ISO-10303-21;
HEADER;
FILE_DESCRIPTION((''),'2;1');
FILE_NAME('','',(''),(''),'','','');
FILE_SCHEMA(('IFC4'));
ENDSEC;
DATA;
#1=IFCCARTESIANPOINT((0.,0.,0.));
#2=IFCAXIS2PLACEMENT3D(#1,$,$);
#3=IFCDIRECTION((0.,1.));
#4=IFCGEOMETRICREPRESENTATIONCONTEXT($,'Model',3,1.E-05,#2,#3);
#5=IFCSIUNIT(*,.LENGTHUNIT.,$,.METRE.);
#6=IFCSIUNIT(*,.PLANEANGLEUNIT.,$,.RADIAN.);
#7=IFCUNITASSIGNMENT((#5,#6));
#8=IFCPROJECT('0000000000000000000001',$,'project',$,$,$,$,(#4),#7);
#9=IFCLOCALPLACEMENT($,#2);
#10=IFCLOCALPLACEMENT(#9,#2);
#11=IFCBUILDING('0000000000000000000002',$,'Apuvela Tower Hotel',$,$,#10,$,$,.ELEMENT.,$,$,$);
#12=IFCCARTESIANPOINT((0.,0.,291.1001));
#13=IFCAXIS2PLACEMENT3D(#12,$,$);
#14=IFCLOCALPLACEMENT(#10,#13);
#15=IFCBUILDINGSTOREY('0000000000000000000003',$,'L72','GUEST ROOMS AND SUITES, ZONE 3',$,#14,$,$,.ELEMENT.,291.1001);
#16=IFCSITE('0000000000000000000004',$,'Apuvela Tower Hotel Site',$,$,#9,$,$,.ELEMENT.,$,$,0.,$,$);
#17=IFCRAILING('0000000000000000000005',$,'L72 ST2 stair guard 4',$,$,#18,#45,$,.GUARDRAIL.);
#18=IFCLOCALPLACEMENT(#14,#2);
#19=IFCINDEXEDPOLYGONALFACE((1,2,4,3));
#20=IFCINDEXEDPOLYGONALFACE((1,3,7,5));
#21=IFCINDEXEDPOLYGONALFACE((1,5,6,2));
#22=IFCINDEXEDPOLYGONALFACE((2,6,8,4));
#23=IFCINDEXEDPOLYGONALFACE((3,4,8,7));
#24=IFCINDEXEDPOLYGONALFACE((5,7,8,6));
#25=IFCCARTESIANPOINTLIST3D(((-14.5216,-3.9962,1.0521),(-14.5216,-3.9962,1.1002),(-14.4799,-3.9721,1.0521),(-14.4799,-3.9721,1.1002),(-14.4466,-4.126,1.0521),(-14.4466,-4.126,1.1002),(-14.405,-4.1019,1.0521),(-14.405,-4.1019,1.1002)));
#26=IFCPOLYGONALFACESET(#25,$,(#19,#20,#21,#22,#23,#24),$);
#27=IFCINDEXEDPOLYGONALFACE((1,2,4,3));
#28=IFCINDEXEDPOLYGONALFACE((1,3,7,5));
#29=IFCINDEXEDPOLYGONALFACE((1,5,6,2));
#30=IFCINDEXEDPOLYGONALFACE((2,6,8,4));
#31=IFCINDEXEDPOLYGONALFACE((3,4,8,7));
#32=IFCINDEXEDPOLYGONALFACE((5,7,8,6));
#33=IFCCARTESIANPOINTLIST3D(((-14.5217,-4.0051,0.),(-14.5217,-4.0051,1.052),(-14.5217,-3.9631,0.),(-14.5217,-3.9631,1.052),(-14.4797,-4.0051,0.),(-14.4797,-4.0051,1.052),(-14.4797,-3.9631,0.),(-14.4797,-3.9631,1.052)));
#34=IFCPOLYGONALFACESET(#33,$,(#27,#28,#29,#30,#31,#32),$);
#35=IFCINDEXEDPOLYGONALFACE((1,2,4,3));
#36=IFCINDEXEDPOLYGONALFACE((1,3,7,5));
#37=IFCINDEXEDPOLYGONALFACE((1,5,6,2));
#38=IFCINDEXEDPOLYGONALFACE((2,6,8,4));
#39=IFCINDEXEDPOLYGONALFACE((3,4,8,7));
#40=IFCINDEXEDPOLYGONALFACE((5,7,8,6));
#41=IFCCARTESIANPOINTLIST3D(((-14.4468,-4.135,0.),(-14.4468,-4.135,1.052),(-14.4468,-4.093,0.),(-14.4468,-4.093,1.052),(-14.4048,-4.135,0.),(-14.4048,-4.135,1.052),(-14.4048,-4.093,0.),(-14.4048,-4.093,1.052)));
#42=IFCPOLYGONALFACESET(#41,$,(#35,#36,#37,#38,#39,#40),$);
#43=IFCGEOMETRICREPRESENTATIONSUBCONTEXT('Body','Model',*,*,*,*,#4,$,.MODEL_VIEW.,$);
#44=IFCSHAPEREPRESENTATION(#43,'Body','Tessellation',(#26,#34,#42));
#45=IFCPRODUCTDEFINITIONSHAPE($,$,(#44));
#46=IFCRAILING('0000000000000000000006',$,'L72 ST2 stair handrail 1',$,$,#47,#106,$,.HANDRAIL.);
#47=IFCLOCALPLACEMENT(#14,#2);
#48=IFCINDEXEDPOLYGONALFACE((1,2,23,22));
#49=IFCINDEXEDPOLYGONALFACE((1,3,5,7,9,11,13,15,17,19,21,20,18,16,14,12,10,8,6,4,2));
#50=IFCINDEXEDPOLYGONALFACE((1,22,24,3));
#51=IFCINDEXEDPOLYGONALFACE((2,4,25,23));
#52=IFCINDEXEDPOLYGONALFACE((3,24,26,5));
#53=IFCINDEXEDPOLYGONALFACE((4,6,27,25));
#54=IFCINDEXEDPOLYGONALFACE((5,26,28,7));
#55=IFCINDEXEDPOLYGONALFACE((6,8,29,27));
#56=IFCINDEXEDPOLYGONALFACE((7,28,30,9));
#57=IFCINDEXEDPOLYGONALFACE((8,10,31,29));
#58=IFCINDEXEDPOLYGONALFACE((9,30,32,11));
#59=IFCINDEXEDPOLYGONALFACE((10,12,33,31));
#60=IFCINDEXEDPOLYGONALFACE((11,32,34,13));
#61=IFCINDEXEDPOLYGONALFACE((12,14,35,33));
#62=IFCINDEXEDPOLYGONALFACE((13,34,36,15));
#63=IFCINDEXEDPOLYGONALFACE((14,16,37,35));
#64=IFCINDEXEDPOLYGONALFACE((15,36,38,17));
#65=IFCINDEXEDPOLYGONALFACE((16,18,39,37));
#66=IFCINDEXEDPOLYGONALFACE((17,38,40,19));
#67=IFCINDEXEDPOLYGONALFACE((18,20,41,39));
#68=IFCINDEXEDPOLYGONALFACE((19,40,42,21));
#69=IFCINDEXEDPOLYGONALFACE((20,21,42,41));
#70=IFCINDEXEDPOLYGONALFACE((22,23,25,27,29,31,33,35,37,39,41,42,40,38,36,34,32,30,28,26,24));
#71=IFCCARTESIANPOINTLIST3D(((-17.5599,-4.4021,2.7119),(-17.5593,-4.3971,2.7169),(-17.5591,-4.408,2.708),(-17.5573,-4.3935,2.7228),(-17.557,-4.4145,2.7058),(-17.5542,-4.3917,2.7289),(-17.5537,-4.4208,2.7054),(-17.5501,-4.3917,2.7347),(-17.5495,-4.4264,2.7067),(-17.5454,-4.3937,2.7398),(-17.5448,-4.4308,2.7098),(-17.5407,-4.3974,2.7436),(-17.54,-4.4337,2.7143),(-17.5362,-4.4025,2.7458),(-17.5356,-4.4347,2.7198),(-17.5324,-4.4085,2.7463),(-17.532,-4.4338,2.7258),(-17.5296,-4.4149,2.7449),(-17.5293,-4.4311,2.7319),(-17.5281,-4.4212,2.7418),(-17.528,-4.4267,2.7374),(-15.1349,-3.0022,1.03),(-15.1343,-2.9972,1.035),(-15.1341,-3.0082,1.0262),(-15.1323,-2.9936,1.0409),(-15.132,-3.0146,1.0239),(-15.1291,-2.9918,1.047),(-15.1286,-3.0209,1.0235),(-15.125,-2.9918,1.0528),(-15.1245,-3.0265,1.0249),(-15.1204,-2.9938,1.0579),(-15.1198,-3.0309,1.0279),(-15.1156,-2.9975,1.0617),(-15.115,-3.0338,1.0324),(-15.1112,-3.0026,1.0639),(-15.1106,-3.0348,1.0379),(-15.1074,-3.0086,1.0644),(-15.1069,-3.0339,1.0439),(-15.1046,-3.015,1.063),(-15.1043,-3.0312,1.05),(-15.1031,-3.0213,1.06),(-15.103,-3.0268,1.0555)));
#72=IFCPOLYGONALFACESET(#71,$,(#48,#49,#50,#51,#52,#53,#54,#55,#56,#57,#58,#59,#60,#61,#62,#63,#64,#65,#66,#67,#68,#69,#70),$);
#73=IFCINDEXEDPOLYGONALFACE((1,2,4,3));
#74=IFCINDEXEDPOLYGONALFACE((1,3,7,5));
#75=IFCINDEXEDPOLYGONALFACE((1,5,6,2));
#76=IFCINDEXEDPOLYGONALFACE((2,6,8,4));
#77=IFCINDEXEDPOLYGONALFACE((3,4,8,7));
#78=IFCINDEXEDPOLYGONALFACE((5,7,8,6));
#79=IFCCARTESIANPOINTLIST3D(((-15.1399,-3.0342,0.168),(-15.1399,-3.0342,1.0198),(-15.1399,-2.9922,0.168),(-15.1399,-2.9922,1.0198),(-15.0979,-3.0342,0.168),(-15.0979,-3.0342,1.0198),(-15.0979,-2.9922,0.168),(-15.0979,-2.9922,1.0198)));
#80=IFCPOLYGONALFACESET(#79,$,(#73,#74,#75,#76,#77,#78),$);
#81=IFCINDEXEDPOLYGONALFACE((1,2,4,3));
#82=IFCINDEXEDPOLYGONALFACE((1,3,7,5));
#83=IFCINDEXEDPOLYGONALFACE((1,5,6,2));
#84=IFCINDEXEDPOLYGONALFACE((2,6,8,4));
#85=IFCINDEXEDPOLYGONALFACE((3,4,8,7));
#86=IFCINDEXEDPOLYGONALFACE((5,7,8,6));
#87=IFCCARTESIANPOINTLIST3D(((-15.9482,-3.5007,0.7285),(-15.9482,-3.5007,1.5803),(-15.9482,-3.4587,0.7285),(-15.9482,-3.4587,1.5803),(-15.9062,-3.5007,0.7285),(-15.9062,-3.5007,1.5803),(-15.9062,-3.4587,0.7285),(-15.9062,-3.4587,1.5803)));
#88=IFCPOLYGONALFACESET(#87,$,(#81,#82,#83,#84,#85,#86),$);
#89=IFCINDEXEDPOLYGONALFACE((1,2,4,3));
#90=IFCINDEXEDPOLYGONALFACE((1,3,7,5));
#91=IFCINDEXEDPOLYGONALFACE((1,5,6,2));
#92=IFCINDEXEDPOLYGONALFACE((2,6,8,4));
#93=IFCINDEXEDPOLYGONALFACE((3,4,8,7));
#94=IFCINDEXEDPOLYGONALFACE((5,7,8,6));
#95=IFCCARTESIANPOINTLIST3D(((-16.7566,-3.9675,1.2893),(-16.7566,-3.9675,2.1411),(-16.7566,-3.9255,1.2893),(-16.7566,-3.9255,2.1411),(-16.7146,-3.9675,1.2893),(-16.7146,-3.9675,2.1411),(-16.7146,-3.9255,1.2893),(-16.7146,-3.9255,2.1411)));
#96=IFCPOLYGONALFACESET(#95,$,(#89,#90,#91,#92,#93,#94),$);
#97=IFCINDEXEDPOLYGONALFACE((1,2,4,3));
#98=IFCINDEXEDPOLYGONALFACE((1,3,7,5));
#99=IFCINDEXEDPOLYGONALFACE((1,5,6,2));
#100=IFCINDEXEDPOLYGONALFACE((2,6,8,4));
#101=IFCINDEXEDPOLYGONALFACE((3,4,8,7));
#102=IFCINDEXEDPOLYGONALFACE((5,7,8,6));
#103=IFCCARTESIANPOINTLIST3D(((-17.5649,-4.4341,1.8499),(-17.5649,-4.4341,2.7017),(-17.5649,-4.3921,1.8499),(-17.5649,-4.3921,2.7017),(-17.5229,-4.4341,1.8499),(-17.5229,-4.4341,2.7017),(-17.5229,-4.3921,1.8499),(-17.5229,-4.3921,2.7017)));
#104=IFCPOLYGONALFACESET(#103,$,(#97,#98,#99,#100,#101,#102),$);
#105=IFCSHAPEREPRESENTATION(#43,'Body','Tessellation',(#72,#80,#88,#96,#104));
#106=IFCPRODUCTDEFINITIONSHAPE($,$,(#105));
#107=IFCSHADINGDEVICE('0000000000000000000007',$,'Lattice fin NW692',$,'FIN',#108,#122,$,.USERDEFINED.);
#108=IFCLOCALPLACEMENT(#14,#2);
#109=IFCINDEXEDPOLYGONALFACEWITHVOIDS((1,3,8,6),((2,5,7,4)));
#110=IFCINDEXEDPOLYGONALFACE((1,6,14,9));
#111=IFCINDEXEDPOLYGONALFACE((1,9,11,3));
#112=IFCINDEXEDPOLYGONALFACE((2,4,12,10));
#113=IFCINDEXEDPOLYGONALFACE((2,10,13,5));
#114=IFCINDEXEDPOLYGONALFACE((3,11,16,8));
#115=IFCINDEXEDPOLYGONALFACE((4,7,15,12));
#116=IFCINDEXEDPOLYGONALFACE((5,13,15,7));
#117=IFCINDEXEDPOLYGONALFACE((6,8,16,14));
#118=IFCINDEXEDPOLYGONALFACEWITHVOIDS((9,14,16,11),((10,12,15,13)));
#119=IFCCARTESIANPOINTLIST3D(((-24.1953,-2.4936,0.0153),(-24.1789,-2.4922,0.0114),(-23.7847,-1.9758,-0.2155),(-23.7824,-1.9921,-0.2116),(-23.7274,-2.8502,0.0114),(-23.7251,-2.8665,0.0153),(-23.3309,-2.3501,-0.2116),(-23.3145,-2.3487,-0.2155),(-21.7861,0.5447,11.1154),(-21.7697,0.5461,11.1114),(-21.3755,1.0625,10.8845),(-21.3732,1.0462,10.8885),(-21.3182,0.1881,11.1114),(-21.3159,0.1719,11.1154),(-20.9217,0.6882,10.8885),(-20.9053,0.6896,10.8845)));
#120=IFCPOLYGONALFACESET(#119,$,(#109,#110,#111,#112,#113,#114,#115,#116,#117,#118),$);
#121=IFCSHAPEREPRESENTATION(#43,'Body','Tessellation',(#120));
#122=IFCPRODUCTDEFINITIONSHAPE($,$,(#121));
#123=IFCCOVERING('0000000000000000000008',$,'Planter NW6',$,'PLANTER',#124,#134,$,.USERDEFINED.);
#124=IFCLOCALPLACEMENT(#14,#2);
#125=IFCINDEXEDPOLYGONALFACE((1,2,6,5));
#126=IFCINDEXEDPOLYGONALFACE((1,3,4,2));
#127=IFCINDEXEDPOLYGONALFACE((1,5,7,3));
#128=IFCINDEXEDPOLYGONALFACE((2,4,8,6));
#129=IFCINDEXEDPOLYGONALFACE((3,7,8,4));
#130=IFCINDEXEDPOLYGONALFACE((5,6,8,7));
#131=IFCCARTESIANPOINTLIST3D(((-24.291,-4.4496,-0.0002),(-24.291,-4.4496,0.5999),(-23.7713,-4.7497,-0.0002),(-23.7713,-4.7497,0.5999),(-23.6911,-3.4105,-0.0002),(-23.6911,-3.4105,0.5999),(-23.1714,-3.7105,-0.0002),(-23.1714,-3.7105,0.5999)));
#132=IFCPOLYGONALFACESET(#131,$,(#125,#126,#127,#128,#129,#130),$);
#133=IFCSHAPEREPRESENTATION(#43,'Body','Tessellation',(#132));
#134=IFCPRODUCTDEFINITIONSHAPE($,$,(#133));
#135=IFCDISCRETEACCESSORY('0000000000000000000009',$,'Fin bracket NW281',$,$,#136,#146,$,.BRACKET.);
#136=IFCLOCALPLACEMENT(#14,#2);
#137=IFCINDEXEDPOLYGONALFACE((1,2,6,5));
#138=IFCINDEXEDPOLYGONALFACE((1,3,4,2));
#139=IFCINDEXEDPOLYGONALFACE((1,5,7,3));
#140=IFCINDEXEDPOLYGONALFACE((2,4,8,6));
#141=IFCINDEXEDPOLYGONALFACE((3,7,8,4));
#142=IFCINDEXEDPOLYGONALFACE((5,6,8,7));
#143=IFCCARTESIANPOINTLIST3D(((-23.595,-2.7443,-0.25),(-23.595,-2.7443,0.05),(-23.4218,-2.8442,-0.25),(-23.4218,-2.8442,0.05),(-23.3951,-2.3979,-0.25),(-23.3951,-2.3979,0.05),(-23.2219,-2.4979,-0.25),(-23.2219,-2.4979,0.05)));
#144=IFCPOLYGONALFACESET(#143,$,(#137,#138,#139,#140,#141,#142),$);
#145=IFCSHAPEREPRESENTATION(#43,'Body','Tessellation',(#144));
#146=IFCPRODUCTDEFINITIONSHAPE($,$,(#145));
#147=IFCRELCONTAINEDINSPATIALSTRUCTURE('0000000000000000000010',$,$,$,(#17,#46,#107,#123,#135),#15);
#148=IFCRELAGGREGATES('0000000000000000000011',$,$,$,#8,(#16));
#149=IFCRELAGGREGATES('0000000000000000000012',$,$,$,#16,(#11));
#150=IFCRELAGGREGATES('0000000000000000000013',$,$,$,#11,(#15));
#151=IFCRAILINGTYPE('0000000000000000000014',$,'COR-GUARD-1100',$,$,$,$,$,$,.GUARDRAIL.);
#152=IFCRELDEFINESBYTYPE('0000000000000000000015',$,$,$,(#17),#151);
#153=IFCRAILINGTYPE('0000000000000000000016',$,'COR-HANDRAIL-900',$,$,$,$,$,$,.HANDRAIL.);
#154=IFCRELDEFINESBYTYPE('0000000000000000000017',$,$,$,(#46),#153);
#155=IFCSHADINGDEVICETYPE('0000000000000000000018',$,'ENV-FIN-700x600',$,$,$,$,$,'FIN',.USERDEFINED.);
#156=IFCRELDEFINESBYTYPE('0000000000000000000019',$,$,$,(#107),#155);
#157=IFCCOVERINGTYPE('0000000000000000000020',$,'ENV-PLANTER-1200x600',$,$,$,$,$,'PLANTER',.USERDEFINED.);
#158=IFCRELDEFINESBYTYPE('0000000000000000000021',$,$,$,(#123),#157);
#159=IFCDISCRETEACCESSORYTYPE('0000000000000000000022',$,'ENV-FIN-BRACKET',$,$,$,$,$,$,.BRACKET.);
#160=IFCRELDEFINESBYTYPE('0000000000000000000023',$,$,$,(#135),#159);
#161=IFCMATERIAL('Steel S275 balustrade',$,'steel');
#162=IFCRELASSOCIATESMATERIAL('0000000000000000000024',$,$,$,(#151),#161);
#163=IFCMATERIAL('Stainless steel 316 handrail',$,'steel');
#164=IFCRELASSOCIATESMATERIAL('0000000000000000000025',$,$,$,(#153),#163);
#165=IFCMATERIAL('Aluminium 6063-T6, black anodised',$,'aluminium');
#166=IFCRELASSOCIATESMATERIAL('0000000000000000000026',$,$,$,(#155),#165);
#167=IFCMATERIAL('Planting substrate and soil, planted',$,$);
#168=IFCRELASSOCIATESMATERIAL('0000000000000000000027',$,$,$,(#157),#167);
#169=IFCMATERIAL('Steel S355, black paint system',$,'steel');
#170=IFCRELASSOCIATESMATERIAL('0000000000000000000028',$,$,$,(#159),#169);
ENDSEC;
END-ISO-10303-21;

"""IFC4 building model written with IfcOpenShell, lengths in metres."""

from ifc_helpers import new_model, si_unit, direction, frame, origin, origin_2d, place, context, subcontext, project, spatial, rectangle, hollow_rectangle, circle, extrude, material, material_profile, profile_set, type_object, element, save


model = new_model("IFC4")

# Units and contexts
model_context = context("Model", 3, precision=1e-05, world=origin(), true_north=direction((0.0, 1.0)))
body_context = subcontext(model_context, "Body", "Model", "MODEL_VIEW")
ifc_project = project(units=[si_unit("LENGTHUNIT", "METRE"), si_unit("PLANEANGLEUNIT", "RADIAN")], contexts=[model_context])

# Site, building, storey
site_placement = place(None, origin())
site = spatial("IfcSite", under=ifc_project, at=site_placement, Name="Apuvela Tower Hotel Site", CompositionType="ELEMENT", RefElevation=0.0)
building_placement = place(site_placement, origin())
building = spatial("IfcBuilding", under=site, at=building_placement, Name="Apuvela Tower Hotel", CompositionType="ELEMENT")
storey_placement = place(building_placement, frame((0.0, 0.0, 291.1001)))
storey = spatial("IfcBuildingStorey", under=building, at=storey_placement, Name="L72", Description="GUEST ROOMS AND SUITES, ZONE 3", CompositionType="ELEMENT", Elevation=291.1001)

# Railings
ifc_material_1 = material(Name="Steel S275 balustrade", Category="steel")
railing_type_1 = type_object("IfcRailingType", Name="COR-GUARD-1100", PredefinedType="GUARDRAIL", material=ifc_material_1)
railing_1_placement = place(storey_placement, frame((-14.5007, -3.9841, 0.0)))
element("IfcRailing", 1, at=railing_1_placement, inside=storey, type_object=railing_type_1, Name="L72 ST2 stair guard 4", PredefinedType="GUARDRAIL", context=body_context, shape_type="SweptSolid", body=[
    extrude(rectangle(XDim=0.0481, YDim=0.0481, at=origin_2d()), frame((0.0, 0.0, 1.0762), z_axis=(0.499816, -0.866131, 0.0), x_axis=(0.866131, 0.499816, 0.0)), (0.0, 0.0, 1.0), 0.1499),
    extrude(rectangle(XDim=0.042, YDim=0.042, at=origin_2d()), origin(), (0.0, 0.0, 1.0), 1.052),
    extrude(rectangle(XDim=0.042, YDim=0.042, at=origin_2d()), frame((0.075, -0.1299, 0.0)), (0.0, 0.0, 1.0), 1.052),
])
ifc_material_2 = material(Name="Stainless steel 316 handrail", Category="steel")
railing_type_2 = type_object("IfcRailingType", Name="COR-HANDRAIL-900", PredefinedType="HANDRAIL", material=ifc_material_2)
railing_2_placement = place(storey_placement, frame((-15.1189, -3.0132, 0.168)))
element("IfcRailing", 2, at=railing_2_placement, inside=storey, type_object=railing_type_2, Name="L72 ST2 stair handrail 1", PredefinedType="HANDRAIL", context=body_context, shape_type="SweptSolid", body=[
    extrude(circle(Radius=0.0239, at=origin_2d()), frame((0.0, 0.0, 0.876), z_axis=(-0.742424, -0.428577, 0.514906), x_axis=(0.499946, -0.866056, 0.0)), (0.0, 0.0, 1.0), 3.2664),
    extrude(rectangle(XDim=0.042, YDim=0.042, at=origin_2d()), origin(), (0.0, 0.0, 1.0), 0.8518),
    extrude(rectangle(XDim=0.042, YDim=0.042, at=origin_2d()), frame((-0.8083, -0.4666, 0.5605)), (0.0, 0.0, 1.0), 0.8518),
    extrude(rectangle(XDim=0.042, YDim=0.042, at=origin_2d()), frame((-1.6167, -0.9333, 1.1213)), (0.0, 0.0, 1.0), 0.8518),
    extrude(rectangle(XDim=0.042, YDim=0.042, at=origin_2d()), frame((-2.425, -1.3999, 1.6819)), (0.0, 0.0, 1.0), 0.8518),
])

# Shading device
ifc_material_3 = material(Name="Aluminium 6063-T6, black anodised", Category="aluminium")
ifc_material_profile_1 = material_profile(ifc_material_3, hollow_rectangle(XDim=0.6001, YDim=0.7, WallThickness=0.012, at=origin_2d()), Name="AL BOX 700x600x12")
ifc_profile_set_1 = profile_set([ifc_material_profile_1], Name="Aluminium 6063-T6, black anodised")
shading_device_type = type_object("IfcShadingDeviceType", Name="ENV-FIN-700x600", ElementType="FIN", PredefinedType="USERDEFINED", material=ifc_profile_set_1)
shading_device_placement = place(storey_placement, frame((-23.7549, -2.4211, -0.1001), z_axis=(0.204899, 0.258408, 0.944056), x_axis=(-0.783564, 0.621311, 0.0)))
element("IfcShadingDevice", 3, at=shading_device_placement, inside=storey, type_object=shading_device_type, Name="Lattice fin NW692", ObjectType="FIN", PredefinedType="USERDEFINED", context=body_context, shape_type="SweptSolid", body=[
    extrude(hollow_rectangle(XDim=0.6001, YDim=0.7, WallThickness=0.012, at=origin_2d()), origin(), (0.0, 0.0, 1.0), 11.7578),
])

# Covering
ifc_material_4 = material(Name="Planting substrate and soil, planted")
covering_type = type_object("IfcCoveringType", Name="ENV-PLANTER-1200x600", ElementType="PLANTER", PredefinedType="USERDEFINED", material=ifc_material_4)
covering_placement = place(storey_placement, frame((-23.7312, -4.0801, -0.0002), z_axis=(0.0, 0.0, 1.0), x_axis=(-0.5, -0.866025, 0.0)))
element("IfcCovering", 4, at=covering_placement, inside=storey, type_object=covering_type, Name="Planter NW6", ObjectType="PLANTER", PredefinedType="USERDEFINED", context=body_context, shape_type="SweptSolid", body=[
    extrude(rectangle(XDim=1.2, YDim=0.6001, at=origin_2d()), origin(), (0.0, 0.0, 1.0), 0.6001),
])

# Discrete accessory
ifc_material_5 = material(Name="Steel S355, black paint system", Category="steel")
discrete_accessory_type = type_object("IfcDiscreteAccessoryType", Name="ENV-FIN-BRACKET", PredefinedType="BRACKET", material=ifc_material_5)
discrete_accessory_placement = place(storey_placement, frame((-23.4084, -2.6211, -0.25), z_axis=(0.0, 0.0, 1.0), x_axis=(-0.5, -0.866025, 0.0)))
element("IfcDiscreteAccessory", 5, at=discrete_accessory_placement, inside=storey, type_object=discrete_accessory_type, Name="Fin bracket NW281", PredefinedType="BRACKET", context=body_context, shape_type="SweptSolid", body=[
    extrude(rectangle(XDim=0.3999, YDim=0.2, at=origin_2d()), origin(), (0.0, 0.0, 1.0), 0.3),
])

save(model, "model.ifc")
